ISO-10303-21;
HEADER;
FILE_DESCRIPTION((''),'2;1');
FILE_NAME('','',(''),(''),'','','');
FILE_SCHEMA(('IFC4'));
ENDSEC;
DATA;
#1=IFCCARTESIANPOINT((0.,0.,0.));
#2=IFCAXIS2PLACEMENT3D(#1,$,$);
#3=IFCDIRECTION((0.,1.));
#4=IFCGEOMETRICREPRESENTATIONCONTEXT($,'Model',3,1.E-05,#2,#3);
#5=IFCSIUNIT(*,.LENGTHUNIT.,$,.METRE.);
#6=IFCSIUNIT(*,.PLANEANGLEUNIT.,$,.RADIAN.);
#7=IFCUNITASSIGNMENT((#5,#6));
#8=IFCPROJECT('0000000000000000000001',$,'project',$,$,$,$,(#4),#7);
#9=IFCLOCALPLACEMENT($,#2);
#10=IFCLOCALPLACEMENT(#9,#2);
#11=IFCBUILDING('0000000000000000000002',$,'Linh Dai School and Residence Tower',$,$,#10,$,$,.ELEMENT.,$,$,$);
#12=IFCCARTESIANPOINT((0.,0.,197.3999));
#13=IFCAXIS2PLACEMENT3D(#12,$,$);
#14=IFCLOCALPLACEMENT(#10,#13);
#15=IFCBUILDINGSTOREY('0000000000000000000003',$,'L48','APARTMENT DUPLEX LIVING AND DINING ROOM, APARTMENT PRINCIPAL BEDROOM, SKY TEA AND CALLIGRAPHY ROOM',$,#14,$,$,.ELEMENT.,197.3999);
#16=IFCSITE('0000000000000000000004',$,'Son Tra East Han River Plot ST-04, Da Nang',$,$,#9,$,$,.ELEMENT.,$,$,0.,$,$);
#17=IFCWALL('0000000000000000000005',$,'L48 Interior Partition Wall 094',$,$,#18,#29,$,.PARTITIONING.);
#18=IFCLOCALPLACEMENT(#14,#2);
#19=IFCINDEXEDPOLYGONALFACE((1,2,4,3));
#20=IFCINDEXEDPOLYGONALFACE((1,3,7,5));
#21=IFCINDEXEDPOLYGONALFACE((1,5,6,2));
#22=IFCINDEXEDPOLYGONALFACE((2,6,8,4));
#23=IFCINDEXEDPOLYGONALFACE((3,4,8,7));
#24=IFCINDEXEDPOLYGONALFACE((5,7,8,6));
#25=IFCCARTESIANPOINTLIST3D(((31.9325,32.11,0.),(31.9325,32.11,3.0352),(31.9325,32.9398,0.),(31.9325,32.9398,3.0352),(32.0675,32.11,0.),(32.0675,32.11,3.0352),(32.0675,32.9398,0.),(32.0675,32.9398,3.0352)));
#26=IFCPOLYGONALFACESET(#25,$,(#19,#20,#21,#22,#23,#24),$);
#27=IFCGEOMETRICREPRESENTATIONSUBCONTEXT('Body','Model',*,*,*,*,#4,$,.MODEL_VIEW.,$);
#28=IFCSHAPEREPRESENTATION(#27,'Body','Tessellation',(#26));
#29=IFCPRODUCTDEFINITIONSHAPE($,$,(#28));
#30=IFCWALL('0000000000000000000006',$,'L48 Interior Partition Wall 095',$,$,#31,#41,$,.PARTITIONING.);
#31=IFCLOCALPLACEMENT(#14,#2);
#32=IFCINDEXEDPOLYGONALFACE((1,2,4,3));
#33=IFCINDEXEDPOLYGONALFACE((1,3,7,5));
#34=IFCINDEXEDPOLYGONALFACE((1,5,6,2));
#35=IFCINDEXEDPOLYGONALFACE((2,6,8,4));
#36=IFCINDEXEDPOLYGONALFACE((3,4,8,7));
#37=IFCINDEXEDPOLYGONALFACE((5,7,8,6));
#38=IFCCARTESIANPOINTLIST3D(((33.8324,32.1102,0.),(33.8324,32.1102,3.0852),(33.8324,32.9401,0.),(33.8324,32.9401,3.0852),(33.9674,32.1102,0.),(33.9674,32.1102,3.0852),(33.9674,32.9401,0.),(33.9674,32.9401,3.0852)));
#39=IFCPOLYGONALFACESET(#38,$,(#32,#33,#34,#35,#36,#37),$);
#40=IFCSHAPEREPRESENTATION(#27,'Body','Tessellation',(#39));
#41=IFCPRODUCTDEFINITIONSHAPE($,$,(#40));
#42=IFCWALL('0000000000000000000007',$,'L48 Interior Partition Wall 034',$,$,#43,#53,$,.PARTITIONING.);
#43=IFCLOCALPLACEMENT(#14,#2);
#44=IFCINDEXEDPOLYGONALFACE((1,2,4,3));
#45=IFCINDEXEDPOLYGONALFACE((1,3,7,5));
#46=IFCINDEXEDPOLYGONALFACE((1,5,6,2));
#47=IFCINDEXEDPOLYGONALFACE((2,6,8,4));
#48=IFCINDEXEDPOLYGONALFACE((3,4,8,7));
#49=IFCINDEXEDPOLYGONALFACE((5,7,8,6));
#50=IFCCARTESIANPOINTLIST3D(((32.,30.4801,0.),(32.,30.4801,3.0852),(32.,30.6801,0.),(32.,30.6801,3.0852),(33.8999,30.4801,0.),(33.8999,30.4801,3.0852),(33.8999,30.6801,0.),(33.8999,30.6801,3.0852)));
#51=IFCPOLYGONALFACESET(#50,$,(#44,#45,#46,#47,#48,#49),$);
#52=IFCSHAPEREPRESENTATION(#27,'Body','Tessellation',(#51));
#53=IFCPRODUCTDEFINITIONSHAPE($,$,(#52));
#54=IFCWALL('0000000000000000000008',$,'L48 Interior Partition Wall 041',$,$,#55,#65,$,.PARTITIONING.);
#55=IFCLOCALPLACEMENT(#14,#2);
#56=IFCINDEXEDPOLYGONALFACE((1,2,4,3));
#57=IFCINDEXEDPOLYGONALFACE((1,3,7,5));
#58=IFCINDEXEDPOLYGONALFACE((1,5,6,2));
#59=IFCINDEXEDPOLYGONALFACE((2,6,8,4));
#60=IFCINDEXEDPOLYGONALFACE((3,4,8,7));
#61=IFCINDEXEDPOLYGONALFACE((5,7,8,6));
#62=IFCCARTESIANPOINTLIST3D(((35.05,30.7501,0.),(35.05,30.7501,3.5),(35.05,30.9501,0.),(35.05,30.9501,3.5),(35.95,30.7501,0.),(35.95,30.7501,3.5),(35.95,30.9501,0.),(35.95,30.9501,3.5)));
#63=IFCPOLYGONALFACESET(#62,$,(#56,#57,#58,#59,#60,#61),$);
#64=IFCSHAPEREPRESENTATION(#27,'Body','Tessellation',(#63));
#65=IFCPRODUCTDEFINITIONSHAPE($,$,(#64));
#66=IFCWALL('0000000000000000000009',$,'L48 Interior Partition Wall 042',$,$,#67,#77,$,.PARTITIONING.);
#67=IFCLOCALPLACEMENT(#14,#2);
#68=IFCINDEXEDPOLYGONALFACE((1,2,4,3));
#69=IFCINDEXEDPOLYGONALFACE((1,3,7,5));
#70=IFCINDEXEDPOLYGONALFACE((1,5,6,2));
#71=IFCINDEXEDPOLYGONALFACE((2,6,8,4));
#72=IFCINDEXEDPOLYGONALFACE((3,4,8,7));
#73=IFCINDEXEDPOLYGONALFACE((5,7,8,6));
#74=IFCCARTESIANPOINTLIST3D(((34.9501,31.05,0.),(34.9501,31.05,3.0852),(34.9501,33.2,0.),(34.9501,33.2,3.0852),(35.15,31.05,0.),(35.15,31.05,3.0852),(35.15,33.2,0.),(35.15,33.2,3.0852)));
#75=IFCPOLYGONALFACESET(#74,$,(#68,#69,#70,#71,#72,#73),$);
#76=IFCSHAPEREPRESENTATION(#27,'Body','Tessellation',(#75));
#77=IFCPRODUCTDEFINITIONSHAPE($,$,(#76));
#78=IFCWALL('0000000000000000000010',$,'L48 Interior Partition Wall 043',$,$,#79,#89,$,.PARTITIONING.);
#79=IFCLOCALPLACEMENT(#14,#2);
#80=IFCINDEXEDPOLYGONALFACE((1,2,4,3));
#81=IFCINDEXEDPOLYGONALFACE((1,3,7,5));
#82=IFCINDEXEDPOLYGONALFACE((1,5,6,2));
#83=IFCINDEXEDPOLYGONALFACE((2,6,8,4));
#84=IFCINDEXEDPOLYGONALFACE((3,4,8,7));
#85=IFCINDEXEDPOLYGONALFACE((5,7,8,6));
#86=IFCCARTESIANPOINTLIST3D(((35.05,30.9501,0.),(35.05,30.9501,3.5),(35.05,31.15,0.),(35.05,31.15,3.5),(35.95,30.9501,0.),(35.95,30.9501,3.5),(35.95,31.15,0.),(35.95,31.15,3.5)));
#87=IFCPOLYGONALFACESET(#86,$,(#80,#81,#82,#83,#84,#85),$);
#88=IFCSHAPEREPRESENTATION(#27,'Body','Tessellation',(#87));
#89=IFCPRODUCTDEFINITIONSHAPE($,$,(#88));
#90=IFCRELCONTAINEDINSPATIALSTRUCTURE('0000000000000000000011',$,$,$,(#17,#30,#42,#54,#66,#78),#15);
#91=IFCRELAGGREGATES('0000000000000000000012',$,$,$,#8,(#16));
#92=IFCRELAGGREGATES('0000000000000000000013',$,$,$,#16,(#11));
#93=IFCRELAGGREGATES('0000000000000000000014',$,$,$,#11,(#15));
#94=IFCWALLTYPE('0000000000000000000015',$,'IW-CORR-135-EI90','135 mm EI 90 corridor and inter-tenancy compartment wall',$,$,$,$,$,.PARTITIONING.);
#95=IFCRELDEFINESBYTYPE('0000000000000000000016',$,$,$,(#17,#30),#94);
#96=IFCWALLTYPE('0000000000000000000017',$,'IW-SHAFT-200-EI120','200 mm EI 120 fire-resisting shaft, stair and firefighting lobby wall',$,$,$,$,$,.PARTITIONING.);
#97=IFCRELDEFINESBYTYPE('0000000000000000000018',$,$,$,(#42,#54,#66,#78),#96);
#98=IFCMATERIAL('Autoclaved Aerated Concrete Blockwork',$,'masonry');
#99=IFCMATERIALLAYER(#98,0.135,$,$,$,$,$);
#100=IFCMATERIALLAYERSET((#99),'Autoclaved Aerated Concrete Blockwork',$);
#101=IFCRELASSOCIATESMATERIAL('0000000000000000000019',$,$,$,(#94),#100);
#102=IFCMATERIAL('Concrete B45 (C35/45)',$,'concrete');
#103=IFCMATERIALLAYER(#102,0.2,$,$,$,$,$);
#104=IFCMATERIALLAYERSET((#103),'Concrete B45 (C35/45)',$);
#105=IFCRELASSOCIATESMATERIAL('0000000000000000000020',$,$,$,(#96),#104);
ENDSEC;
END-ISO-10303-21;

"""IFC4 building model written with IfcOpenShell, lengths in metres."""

from ifc_helpers import new_model, si_unit, direction, frame, frame_2d, origin, place, context, subcontext, project, spatial, rectangle, extrude, material, layer, layer_set, type_object, element, save


model = new_model("IFC4")

# Units and contexts
model_context = context("Model", 3, precision=1e-05, world=origin(), true_north=direction((0.0, 1.0)))
body_context = subcontext(model_context, "Body", "Model", "MODEL_VIEW")
ifc_project = project(units=[si_unit("LENGTHUNIT", "METRE"), si_unit("PLANEANGLEUNIT", "RADIAN")], contexts=[model_context])

# Site, building, storey
site_placement = place(None, origin())
site = spatial("IfcSite", under=ifc_project, at=site_placement, Name="Son Tra East Han River Plot ST-04, Da Nang", CompositionType="ELEMENT", RefElevation=0.0)
building_placement = place(site_placement, origin())
building = spatial("IfcBuilding", under=site, at=building_placement, Name="Linh Dai School and Residence Tower", CompositionType="ELEMENT")
storey_placement = place(building_placement, frame((0.0, 0.0, 197.3999)))
storey = spatial("IfcBuildingStorey", under=building, at=storey_placement, Name="L48", Description="APARTMENT DUPLEX LIVING AND DINING ROOM, APARTMENT PRINCIPAL BEDROOM, SKY TEA AND CALLIGRAPHY ROOM", CompositionType="ELEMENT", Elevation=197.3999)

# Walls
ifc_material_1 = material(Name="Autoclaved Aerated Concrete Blockwork", Category="masonry")
ifc_layer_1 = layer(ifc_material_1, 0.135)
ifc_layer_set_1 = layer_set([ifc_layer_1], Name="Autoclaved Aerated Concrete Blockwork")
wall_type_1 = type_object("IfcWallType", Name="IW-CORR-135-EI90", Description="135 mm EI 90 corridor and inter-tenancy compartment wall", PredefinedType="PARTITIONING", material=ifc_layer_set_1)
wall_1_placement = place(storey_placement, frame((32.0, 32.9399, 0.0), z_axis=(0.0, 0.0, 1.0), x_axis=(0.0, -1.0, 0.0)))
element("IfcWall", 1, at=wall_1_placement, inside=storey, type_object=wall_type_1, Name="L48 Interior Partition Wall 094", PredefinedType="PARTITIONING", context=body_context, shape_type="SweptSolid", body=[
    extrude(rectangle(XDim=0.8298, YDim=0.135, at=frame_2d((0.415, 0.0))), origin(), (0.0, 0.0, 1.0), 3.0352),
])
wall_2_placement = place(storey_placement, frame((33.8999, 32.1101, 0.0), z_axis=(0.0, 0.0, 1.0), x_axis=(0.0, 1.0, 0.0)))
element("IfcWall", 2, at=wall_2_placement, inside=storey, type_object=wall_type_1, Name="L48 Interior Partition Wall 095", PredefinedType="PARTITIONING", context=body_context, shape_type="SweptSolid", body=[
    extrude(rectangle(XDim=0.8298, YDim=0.135, at=frame_2d((0.415, 0.0))), origin(), (0.0, 0.0, 1.0), 3.0852),
])
ifc_material_2 = material(Name="Concrete B45 (C35/45)", Category="concrete")
ifc_layer_2 = layer(ifc_material_2, 0.2)
ifc_layer_set_2 = layer_set([ifc_layer_2], Name="Concrete B45 (C35/45)")
wall_type_2 = type_object("IfcWallType", Name="IW-SHAFT-200-EI120", Description="200 mm EI 120 fire-resisting shaft, stair and firefighting lobby wall", PredefinedType="PARTITIONING", material=ifc_layer_set_2)
wall_3_placement = place(storey_placement, frame((32.0, 30.5801, 0.0), z_axis=(0.0, 0.0, 1.0), x_axis=(1.0, 0.0, 0.0)))
element("IfcWall", 3, at=wall_3_placement, inside=storey, type_object=wall_type_2, Name="L48 Interior Partition Wall 034", PredefinedType="PARTITIONING", context=body_context, shape_type="SweptSolid", body=[
    extrude(rectangle(XDim=1.8999, YDim=0.2, at=frame_2d((0.95, 0.0))), origin(), (0.0, 0.0, 1.0), 3.0852),
])
wall_4_placement = place(storey_placement, frame((35.05, 30.8501, 0.0), z_axis=(0.0, 0.0, 1.0), x_axis=(1.0, 0.0, 0.0)))
element("IfcWall", 4, at=wall_4_placement, inside=storey, type_object=wall_type_2, Name="L48 Interior Partition Wall 041", PredefinedType="PARTITIONING", context=body_context, shape_type="SweptSolid", body=[
    extrude(rectangle(XDim=0.8999, YDim=0.2, at=frame_2d((0.45, 0.0))), origin(), (0.0, 0.0, 1.0), 3.5),
])
wall_5_placement = place(storey_placement, frame((35.05, 31.05, 0.0), z_axis=(0.0, 0.0, 1.0), x_axis=(0.0, 1.0, 0.0)))
element("IfcWall", 5, at=wall_5_placement, inside=storey, type_object=wall_type_2, Name="L48 Interior Partition Wall 042", PredefinedType="PARTITIONING", context=body_context, shape_type="SweptSolid", body=[
    extrude(rectangle(XDim=2.1499, YDim=0.2, at=frame_2d((1.075, 0.0))), origin(), (0.0, 0.0, 1.0), 3.0852),
])
wall_6_placement = place(storey_placement, frame((35.05, 31.05, 0.0), z_axis=(0.0, 0.0, 1.0), x_axis=(1.0, 0.0, 0.0)))
element("IfcWall", 6, at=wall_6_placement, inside=storey, type_object=wall_type_2, Name="L48 Interior Partition Wall 043", PredefinedType="PARTITIONING", context=body_context, shape_type="SweptSolid", body=[
    extrude(rectangle(XDim=0.8999, YDim=0.2, at=frame_2d((0.45, 0.0))), origin(), (0.0, 0.0, 1.0), 3.5),
])

save(model, "model.ifc")
